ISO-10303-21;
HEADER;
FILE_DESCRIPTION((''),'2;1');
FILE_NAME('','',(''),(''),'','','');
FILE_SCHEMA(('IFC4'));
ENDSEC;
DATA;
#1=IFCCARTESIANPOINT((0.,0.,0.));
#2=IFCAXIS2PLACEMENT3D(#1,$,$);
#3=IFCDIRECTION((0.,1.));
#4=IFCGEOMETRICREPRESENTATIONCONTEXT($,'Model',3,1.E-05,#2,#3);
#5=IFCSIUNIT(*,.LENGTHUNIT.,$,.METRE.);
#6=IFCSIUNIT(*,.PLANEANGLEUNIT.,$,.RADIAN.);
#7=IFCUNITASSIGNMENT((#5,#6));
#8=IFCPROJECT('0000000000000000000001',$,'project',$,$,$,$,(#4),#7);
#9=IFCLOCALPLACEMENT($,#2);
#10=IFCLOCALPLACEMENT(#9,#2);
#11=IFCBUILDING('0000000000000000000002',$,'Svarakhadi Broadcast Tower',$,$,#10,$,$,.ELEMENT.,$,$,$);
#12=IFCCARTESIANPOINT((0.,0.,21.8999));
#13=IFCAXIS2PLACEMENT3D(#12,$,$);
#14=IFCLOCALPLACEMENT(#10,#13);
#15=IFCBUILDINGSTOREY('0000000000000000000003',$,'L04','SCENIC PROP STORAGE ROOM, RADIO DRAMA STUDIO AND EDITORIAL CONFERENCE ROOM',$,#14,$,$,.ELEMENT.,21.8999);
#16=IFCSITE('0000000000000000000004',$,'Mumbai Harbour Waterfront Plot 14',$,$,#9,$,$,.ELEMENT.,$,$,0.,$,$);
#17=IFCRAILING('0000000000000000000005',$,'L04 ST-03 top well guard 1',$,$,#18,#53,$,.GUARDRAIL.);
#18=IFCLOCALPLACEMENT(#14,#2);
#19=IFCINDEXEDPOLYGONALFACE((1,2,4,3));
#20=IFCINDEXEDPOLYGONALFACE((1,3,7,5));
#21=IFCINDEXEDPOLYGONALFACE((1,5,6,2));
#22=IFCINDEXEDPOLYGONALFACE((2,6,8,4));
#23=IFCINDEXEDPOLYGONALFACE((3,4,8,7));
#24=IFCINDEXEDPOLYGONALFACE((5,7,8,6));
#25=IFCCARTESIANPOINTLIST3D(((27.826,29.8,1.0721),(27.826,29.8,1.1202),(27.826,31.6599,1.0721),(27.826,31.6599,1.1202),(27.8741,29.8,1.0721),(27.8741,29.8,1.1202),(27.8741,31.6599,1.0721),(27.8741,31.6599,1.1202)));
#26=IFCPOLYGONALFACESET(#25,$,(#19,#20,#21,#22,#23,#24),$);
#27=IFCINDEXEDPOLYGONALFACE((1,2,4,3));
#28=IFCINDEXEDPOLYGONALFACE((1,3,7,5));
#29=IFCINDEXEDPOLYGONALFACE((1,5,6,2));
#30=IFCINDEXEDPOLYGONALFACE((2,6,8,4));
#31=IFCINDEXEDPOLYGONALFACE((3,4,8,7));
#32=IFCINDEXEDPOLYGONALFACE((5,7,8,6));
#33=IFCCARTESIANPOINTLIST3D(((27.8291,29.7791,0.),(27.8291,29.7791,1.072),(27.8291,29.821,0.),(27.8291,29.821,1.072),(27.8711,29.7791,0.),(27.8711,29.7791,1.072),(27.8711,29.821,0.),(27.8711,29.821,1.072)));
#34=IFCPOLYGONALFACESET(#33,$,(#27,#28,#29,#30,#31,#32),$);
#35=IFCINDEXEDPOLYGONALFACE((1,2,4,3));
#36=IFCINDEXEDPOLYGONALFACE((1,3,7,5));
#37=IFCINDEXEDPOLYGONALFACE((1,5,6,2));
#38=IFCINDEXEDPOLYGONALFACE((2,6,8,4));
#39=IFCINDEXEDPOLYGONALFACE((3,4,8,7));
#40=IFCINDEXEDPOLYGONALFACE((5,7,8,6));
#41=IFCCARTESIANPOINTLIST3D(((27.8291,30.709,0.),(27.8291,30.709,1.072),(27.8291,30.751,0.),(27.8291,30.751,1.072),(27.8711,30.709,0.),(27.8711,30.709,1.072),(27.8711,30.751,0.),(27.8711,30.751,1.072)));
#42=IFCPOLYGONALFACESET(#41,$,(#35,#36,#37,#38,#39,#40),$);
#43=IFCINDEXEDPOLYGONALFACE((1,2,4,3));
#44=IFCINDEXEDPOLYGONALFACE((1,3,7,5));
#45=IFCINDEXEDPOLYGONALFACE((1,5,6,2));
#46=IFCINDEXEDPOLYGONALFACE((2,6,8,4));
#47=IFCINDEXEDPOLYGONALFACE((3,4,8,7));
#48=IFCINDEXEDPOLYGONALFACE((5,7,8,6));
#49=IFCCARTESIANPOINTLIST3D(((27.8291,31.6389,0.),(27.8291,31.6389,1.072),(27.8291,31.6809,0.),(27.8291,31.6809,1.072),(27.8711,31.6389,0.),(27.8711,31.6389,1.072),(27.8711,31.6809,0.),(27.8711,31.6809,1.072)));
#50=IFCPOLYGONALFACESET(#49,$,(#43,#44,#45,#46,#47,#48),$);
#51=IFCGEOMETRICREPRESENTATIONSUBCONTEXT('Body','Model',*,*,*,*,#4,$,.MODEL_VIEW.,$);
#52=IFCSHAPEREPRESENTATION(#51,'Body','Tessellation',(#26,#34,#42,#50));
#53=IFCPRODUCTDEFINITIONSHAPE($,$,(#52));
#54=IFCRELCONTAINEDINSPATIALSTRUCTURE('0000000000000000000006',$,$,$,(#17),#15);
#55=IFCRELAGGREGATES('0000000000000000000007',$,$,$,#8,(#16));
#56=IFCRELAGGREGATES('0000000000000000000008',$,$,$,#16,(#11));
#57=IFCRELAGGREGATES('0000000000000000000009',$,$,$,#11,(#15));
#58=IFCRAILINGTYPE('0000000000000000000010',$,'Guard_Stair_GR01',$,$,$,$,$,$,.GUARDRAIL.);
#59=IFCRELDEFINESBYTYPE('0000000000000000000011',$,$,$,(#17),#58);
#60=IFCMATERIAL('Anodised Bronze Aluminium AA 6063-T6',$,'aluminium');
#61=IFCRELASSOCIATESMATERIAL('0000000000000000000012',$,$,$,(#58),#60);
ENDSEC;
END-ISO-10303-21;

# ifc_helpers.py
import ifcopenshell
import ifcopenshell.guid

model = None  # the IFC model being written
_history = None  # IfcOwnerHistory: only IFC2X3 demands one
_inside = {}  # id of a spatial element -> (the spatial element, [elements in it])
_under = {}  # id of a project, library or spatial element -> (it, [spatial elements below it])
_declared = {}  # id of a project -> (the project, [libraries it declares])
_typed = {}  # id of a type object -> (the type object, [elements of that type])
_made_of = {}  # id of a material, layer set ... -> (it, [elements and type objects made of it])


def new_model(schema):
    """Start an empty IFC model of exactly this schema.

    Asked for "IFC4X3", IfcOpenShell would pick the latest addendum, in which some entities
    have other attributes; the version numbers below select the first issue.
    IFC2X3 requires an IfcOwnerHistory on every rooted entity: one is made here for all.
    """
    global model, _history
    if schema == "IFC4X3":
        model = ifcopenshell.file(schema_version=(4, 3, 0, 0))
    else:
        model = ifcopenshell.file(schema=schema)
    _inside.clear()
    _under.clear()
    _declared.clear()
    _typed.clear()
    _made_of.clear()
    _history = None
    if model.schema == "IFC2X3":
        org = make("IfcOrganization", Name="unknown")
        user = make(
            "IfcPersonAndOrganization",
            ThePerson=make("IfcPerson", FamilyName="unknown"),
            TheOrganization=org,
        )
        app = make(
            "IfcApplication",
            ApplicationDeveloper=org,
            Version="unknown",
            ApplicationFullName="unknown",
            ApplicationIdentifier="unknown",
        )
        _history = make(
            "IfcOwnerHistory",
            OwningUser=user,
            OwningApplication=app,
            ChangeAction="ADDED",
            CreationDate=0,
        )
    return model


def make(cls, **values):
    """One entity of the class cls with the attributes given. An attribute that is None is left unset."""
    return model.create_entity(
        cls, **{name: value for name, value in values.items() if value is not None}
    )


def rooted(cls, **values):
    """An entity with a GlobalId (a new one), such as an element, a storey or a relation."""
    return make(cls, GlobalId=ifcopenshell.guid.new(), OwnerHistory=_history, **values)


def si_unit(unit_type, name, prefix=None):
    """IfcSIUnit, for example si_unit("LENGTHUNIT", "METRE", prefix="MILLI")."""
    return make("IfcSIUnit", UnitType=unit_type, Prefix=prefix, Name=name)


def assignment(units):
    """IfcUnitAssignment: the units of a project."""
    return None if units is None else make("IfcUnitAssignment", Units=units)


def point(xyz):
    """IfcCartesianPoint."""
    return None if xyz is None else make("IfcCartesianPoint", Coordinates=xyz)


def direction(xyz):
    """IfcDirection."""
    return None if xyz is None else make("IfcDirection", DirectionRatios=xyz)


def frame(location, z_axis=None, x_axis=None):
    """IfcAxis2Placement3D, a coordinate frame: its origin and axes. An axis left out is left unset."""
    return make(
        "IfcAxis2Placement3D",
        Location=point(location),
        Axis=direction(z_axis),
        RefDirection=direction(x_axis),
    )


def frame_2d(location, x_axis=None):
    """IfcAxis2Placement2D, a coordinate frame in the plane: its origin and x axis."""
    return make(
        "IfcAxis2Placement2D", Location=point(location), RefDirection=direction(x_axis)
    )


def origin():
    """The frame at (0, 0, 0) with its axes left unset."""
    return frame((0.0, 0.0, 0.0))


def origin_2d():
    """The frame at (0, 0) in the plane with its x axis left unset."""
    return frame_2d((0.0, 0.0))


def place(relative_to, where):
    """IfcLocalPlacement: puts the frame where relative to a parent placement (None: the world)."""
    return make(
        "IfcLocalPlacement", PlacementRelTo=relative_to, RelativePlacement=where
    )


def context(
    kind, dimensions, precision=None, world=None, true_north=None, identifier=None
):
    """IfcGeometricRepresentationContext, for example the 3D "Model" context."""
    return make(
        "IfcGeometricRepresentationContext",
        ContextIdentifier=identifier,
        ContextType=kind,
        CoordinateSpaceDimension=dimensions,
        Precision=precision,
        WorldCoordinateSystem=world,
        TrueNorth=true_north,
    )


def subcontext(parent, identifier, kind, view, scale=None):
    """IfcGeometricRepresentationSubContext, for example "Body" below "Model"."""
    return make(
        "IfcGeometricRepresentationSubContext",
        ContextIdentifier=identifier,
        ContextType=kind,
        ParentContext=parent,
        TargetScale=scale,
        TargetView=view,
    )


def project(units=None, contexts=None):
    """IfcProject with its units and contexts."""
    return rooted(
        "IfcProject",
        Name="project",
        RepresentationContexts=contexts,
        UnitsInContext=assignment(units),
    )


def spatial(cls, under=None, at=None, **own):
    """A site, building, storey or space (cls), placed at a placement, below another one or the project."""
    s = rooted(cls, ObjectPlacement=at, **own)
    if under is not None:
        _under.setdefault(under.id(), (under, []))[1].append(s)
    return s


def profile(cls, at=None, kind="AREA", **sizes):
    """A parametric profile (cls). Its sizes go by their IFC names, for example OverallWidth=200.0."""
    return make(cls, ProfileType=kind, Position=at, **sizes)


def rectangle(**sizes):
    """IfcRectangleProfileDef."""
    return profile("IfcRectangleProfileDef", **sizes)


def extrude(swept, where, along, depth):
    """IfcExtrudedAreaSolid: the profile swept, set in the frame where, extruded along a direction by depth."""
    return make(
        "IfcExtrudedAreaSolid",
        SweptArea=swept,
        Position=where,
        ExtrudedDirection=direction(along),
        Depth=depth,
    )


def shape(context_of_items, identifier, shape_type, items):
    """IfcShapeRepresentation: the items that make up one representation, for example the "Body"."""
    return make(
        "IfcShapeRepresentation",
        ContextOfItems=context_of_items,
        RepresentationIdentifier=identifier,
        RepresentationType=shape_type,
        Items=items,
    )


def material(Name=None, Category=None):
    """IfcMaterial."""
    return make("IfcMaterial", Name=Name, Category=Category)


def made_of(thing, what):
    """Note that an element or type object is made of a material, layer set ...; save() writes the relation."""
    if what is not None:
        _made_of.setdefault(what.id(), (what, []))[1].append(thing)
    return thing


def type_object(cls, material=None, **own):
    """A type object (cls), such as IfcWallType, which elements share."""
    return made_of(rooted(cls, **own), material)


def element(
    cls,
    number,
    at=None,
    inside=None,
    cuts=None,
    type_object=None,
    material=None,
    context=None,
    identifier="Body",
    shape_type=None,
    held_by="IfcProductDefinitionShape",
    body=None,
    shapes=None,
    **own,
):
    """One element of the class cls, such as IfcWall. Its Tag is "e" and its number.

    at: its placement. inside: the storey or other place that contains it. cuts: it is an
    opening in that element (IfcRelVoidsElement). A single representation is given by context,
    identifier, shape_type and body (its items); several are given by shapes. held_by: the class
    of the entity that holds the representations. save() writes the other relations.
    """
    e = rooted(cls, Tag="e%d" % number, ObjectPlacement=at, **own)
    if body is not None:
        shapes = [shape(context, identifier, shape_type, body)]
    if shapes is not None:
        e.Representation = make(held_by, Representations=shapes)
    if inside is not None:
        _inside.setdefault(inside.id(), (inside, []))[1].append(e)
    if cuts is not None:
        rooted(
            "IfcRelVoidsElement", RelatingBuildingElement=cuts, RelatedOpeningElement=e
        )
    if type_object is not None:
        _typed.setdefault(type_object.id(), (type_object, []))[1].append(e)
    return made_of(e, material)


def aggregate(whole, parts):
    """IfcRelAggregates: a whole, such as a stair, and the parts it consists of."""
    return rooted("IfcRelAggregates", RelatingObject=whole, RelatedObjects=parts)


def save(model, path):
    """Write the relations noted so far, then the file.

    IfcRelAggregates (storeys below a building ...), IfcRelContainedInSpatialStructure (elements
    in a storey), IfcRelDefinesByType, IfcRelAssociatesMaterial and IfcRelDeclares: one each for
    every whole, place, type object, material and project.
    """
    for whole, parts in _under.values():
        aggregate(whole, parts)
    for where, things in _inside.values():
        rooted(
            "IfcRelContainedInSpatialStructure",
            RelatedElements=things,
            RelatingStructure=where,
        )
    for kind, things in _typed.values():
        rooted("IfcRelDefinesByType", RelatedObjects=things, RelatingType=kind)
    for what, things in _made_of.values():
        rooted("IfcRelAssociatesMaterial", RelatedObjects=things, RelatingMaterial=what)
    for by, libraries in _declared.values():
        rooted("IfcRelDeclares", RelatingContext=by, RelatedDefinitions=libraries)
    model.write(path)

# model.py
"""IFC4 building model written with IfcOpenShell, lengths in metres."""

from ifc_helpers import new_model, si_unit, direction, frame, origin, origin_2d, place, context, subcontext, project, spatial, rectangle, extrude, material, type_object, element, save


model = new_model("IFC4")

# Units and contexts
model_context = context("Model", 3, precision=1e-05, world=origin(), true_north=direction((0.0, 1.0)))
body_context = subcontext(model_context, "Body", "Model", "MODEL_VIEW")
ifc_project = project(units=[si_unit("LENGTHUNIT", "METRE"), si_unit("PLANEANGLEUNIT", "RADIAN")], contexts=[model_context])

# Site, building, storey
site_placement = place(None, origin())
site = spatial("IfcSite", under=ifc_project, at=site_placement, Name="Mumbai Harbour Waterfront Plot 14", CompositionType="ELEMENT", RefElevation=0.0)
building_placement = place(site_placement, origin())
building = spatial("IfcBuilding", under=site, at=building_placement, Name="Svarakhadi Broadcast Tower", CompositionType="ELEMENT")
storey_placement = place(building_placement, frame((0.0, 0.0, 21.8999)))
storey = spatial("IfcBuildingStorey", under=building, at=storey_placement, Name="L04", Description="SCENIC PROP STORAGE ROOM, RADIO DRAMA STUDIO AND EDITORIAL CONFERENCE ROOM", CompositionType="ELEMENT", Elevation=21.8999)

# Shared definitions
ifc_material_1 = material(Name="Anodised Bronze Aluminium AA 6063-T6", Category="aluminium")

# Railing
railing_type = type_object("IfcRailingType", Name="Guard_Stair_GR01", PredefinedType="GUARDRAIL", material=ifc_material_1)
railing_placement = place(storey_placement, frame((27.8501, 29.8, 0.0)))
element("IfcRailing", 1, at=railing_placement, inside=storey, type_object=railing_type, Name="L04 ST-03 top well guard 1", PredefinedType="GUARDRAIL", context=body_context, shape_type="SweptSolid", body=[
    extrude(rectangle(XDim=0.0481, YDim=0.0481, at=origin_2d()), frame((0.0, 0.0, 1.0962), z_axis=(0.0, 1.0, 0.0), x_axis=(-1.0, 0.0, 0.0)), (0.0, 0.0, 1.0), 1.8599),
    extrude(rectangle(XDim=0.042, YDim=0.042, at=origin_2d()), origin(), (0.0, 0.0, 1.0), 1.072),
    extrude(rectangle(XDim=0.042, YDim=0.042, at=origin_2d()), frame((0.0, 0.9299, 0.0)), (0.0, 0.0, 1.0), 1.072),
    extrude(rectangle(XDim=0.042, YDim=0.042, at=origin_2d()), frame((0.0, 1.8599, 0.0)), (0.0, 0.0, 1.0), 1.072),
])

save(model, "model.ifc")
